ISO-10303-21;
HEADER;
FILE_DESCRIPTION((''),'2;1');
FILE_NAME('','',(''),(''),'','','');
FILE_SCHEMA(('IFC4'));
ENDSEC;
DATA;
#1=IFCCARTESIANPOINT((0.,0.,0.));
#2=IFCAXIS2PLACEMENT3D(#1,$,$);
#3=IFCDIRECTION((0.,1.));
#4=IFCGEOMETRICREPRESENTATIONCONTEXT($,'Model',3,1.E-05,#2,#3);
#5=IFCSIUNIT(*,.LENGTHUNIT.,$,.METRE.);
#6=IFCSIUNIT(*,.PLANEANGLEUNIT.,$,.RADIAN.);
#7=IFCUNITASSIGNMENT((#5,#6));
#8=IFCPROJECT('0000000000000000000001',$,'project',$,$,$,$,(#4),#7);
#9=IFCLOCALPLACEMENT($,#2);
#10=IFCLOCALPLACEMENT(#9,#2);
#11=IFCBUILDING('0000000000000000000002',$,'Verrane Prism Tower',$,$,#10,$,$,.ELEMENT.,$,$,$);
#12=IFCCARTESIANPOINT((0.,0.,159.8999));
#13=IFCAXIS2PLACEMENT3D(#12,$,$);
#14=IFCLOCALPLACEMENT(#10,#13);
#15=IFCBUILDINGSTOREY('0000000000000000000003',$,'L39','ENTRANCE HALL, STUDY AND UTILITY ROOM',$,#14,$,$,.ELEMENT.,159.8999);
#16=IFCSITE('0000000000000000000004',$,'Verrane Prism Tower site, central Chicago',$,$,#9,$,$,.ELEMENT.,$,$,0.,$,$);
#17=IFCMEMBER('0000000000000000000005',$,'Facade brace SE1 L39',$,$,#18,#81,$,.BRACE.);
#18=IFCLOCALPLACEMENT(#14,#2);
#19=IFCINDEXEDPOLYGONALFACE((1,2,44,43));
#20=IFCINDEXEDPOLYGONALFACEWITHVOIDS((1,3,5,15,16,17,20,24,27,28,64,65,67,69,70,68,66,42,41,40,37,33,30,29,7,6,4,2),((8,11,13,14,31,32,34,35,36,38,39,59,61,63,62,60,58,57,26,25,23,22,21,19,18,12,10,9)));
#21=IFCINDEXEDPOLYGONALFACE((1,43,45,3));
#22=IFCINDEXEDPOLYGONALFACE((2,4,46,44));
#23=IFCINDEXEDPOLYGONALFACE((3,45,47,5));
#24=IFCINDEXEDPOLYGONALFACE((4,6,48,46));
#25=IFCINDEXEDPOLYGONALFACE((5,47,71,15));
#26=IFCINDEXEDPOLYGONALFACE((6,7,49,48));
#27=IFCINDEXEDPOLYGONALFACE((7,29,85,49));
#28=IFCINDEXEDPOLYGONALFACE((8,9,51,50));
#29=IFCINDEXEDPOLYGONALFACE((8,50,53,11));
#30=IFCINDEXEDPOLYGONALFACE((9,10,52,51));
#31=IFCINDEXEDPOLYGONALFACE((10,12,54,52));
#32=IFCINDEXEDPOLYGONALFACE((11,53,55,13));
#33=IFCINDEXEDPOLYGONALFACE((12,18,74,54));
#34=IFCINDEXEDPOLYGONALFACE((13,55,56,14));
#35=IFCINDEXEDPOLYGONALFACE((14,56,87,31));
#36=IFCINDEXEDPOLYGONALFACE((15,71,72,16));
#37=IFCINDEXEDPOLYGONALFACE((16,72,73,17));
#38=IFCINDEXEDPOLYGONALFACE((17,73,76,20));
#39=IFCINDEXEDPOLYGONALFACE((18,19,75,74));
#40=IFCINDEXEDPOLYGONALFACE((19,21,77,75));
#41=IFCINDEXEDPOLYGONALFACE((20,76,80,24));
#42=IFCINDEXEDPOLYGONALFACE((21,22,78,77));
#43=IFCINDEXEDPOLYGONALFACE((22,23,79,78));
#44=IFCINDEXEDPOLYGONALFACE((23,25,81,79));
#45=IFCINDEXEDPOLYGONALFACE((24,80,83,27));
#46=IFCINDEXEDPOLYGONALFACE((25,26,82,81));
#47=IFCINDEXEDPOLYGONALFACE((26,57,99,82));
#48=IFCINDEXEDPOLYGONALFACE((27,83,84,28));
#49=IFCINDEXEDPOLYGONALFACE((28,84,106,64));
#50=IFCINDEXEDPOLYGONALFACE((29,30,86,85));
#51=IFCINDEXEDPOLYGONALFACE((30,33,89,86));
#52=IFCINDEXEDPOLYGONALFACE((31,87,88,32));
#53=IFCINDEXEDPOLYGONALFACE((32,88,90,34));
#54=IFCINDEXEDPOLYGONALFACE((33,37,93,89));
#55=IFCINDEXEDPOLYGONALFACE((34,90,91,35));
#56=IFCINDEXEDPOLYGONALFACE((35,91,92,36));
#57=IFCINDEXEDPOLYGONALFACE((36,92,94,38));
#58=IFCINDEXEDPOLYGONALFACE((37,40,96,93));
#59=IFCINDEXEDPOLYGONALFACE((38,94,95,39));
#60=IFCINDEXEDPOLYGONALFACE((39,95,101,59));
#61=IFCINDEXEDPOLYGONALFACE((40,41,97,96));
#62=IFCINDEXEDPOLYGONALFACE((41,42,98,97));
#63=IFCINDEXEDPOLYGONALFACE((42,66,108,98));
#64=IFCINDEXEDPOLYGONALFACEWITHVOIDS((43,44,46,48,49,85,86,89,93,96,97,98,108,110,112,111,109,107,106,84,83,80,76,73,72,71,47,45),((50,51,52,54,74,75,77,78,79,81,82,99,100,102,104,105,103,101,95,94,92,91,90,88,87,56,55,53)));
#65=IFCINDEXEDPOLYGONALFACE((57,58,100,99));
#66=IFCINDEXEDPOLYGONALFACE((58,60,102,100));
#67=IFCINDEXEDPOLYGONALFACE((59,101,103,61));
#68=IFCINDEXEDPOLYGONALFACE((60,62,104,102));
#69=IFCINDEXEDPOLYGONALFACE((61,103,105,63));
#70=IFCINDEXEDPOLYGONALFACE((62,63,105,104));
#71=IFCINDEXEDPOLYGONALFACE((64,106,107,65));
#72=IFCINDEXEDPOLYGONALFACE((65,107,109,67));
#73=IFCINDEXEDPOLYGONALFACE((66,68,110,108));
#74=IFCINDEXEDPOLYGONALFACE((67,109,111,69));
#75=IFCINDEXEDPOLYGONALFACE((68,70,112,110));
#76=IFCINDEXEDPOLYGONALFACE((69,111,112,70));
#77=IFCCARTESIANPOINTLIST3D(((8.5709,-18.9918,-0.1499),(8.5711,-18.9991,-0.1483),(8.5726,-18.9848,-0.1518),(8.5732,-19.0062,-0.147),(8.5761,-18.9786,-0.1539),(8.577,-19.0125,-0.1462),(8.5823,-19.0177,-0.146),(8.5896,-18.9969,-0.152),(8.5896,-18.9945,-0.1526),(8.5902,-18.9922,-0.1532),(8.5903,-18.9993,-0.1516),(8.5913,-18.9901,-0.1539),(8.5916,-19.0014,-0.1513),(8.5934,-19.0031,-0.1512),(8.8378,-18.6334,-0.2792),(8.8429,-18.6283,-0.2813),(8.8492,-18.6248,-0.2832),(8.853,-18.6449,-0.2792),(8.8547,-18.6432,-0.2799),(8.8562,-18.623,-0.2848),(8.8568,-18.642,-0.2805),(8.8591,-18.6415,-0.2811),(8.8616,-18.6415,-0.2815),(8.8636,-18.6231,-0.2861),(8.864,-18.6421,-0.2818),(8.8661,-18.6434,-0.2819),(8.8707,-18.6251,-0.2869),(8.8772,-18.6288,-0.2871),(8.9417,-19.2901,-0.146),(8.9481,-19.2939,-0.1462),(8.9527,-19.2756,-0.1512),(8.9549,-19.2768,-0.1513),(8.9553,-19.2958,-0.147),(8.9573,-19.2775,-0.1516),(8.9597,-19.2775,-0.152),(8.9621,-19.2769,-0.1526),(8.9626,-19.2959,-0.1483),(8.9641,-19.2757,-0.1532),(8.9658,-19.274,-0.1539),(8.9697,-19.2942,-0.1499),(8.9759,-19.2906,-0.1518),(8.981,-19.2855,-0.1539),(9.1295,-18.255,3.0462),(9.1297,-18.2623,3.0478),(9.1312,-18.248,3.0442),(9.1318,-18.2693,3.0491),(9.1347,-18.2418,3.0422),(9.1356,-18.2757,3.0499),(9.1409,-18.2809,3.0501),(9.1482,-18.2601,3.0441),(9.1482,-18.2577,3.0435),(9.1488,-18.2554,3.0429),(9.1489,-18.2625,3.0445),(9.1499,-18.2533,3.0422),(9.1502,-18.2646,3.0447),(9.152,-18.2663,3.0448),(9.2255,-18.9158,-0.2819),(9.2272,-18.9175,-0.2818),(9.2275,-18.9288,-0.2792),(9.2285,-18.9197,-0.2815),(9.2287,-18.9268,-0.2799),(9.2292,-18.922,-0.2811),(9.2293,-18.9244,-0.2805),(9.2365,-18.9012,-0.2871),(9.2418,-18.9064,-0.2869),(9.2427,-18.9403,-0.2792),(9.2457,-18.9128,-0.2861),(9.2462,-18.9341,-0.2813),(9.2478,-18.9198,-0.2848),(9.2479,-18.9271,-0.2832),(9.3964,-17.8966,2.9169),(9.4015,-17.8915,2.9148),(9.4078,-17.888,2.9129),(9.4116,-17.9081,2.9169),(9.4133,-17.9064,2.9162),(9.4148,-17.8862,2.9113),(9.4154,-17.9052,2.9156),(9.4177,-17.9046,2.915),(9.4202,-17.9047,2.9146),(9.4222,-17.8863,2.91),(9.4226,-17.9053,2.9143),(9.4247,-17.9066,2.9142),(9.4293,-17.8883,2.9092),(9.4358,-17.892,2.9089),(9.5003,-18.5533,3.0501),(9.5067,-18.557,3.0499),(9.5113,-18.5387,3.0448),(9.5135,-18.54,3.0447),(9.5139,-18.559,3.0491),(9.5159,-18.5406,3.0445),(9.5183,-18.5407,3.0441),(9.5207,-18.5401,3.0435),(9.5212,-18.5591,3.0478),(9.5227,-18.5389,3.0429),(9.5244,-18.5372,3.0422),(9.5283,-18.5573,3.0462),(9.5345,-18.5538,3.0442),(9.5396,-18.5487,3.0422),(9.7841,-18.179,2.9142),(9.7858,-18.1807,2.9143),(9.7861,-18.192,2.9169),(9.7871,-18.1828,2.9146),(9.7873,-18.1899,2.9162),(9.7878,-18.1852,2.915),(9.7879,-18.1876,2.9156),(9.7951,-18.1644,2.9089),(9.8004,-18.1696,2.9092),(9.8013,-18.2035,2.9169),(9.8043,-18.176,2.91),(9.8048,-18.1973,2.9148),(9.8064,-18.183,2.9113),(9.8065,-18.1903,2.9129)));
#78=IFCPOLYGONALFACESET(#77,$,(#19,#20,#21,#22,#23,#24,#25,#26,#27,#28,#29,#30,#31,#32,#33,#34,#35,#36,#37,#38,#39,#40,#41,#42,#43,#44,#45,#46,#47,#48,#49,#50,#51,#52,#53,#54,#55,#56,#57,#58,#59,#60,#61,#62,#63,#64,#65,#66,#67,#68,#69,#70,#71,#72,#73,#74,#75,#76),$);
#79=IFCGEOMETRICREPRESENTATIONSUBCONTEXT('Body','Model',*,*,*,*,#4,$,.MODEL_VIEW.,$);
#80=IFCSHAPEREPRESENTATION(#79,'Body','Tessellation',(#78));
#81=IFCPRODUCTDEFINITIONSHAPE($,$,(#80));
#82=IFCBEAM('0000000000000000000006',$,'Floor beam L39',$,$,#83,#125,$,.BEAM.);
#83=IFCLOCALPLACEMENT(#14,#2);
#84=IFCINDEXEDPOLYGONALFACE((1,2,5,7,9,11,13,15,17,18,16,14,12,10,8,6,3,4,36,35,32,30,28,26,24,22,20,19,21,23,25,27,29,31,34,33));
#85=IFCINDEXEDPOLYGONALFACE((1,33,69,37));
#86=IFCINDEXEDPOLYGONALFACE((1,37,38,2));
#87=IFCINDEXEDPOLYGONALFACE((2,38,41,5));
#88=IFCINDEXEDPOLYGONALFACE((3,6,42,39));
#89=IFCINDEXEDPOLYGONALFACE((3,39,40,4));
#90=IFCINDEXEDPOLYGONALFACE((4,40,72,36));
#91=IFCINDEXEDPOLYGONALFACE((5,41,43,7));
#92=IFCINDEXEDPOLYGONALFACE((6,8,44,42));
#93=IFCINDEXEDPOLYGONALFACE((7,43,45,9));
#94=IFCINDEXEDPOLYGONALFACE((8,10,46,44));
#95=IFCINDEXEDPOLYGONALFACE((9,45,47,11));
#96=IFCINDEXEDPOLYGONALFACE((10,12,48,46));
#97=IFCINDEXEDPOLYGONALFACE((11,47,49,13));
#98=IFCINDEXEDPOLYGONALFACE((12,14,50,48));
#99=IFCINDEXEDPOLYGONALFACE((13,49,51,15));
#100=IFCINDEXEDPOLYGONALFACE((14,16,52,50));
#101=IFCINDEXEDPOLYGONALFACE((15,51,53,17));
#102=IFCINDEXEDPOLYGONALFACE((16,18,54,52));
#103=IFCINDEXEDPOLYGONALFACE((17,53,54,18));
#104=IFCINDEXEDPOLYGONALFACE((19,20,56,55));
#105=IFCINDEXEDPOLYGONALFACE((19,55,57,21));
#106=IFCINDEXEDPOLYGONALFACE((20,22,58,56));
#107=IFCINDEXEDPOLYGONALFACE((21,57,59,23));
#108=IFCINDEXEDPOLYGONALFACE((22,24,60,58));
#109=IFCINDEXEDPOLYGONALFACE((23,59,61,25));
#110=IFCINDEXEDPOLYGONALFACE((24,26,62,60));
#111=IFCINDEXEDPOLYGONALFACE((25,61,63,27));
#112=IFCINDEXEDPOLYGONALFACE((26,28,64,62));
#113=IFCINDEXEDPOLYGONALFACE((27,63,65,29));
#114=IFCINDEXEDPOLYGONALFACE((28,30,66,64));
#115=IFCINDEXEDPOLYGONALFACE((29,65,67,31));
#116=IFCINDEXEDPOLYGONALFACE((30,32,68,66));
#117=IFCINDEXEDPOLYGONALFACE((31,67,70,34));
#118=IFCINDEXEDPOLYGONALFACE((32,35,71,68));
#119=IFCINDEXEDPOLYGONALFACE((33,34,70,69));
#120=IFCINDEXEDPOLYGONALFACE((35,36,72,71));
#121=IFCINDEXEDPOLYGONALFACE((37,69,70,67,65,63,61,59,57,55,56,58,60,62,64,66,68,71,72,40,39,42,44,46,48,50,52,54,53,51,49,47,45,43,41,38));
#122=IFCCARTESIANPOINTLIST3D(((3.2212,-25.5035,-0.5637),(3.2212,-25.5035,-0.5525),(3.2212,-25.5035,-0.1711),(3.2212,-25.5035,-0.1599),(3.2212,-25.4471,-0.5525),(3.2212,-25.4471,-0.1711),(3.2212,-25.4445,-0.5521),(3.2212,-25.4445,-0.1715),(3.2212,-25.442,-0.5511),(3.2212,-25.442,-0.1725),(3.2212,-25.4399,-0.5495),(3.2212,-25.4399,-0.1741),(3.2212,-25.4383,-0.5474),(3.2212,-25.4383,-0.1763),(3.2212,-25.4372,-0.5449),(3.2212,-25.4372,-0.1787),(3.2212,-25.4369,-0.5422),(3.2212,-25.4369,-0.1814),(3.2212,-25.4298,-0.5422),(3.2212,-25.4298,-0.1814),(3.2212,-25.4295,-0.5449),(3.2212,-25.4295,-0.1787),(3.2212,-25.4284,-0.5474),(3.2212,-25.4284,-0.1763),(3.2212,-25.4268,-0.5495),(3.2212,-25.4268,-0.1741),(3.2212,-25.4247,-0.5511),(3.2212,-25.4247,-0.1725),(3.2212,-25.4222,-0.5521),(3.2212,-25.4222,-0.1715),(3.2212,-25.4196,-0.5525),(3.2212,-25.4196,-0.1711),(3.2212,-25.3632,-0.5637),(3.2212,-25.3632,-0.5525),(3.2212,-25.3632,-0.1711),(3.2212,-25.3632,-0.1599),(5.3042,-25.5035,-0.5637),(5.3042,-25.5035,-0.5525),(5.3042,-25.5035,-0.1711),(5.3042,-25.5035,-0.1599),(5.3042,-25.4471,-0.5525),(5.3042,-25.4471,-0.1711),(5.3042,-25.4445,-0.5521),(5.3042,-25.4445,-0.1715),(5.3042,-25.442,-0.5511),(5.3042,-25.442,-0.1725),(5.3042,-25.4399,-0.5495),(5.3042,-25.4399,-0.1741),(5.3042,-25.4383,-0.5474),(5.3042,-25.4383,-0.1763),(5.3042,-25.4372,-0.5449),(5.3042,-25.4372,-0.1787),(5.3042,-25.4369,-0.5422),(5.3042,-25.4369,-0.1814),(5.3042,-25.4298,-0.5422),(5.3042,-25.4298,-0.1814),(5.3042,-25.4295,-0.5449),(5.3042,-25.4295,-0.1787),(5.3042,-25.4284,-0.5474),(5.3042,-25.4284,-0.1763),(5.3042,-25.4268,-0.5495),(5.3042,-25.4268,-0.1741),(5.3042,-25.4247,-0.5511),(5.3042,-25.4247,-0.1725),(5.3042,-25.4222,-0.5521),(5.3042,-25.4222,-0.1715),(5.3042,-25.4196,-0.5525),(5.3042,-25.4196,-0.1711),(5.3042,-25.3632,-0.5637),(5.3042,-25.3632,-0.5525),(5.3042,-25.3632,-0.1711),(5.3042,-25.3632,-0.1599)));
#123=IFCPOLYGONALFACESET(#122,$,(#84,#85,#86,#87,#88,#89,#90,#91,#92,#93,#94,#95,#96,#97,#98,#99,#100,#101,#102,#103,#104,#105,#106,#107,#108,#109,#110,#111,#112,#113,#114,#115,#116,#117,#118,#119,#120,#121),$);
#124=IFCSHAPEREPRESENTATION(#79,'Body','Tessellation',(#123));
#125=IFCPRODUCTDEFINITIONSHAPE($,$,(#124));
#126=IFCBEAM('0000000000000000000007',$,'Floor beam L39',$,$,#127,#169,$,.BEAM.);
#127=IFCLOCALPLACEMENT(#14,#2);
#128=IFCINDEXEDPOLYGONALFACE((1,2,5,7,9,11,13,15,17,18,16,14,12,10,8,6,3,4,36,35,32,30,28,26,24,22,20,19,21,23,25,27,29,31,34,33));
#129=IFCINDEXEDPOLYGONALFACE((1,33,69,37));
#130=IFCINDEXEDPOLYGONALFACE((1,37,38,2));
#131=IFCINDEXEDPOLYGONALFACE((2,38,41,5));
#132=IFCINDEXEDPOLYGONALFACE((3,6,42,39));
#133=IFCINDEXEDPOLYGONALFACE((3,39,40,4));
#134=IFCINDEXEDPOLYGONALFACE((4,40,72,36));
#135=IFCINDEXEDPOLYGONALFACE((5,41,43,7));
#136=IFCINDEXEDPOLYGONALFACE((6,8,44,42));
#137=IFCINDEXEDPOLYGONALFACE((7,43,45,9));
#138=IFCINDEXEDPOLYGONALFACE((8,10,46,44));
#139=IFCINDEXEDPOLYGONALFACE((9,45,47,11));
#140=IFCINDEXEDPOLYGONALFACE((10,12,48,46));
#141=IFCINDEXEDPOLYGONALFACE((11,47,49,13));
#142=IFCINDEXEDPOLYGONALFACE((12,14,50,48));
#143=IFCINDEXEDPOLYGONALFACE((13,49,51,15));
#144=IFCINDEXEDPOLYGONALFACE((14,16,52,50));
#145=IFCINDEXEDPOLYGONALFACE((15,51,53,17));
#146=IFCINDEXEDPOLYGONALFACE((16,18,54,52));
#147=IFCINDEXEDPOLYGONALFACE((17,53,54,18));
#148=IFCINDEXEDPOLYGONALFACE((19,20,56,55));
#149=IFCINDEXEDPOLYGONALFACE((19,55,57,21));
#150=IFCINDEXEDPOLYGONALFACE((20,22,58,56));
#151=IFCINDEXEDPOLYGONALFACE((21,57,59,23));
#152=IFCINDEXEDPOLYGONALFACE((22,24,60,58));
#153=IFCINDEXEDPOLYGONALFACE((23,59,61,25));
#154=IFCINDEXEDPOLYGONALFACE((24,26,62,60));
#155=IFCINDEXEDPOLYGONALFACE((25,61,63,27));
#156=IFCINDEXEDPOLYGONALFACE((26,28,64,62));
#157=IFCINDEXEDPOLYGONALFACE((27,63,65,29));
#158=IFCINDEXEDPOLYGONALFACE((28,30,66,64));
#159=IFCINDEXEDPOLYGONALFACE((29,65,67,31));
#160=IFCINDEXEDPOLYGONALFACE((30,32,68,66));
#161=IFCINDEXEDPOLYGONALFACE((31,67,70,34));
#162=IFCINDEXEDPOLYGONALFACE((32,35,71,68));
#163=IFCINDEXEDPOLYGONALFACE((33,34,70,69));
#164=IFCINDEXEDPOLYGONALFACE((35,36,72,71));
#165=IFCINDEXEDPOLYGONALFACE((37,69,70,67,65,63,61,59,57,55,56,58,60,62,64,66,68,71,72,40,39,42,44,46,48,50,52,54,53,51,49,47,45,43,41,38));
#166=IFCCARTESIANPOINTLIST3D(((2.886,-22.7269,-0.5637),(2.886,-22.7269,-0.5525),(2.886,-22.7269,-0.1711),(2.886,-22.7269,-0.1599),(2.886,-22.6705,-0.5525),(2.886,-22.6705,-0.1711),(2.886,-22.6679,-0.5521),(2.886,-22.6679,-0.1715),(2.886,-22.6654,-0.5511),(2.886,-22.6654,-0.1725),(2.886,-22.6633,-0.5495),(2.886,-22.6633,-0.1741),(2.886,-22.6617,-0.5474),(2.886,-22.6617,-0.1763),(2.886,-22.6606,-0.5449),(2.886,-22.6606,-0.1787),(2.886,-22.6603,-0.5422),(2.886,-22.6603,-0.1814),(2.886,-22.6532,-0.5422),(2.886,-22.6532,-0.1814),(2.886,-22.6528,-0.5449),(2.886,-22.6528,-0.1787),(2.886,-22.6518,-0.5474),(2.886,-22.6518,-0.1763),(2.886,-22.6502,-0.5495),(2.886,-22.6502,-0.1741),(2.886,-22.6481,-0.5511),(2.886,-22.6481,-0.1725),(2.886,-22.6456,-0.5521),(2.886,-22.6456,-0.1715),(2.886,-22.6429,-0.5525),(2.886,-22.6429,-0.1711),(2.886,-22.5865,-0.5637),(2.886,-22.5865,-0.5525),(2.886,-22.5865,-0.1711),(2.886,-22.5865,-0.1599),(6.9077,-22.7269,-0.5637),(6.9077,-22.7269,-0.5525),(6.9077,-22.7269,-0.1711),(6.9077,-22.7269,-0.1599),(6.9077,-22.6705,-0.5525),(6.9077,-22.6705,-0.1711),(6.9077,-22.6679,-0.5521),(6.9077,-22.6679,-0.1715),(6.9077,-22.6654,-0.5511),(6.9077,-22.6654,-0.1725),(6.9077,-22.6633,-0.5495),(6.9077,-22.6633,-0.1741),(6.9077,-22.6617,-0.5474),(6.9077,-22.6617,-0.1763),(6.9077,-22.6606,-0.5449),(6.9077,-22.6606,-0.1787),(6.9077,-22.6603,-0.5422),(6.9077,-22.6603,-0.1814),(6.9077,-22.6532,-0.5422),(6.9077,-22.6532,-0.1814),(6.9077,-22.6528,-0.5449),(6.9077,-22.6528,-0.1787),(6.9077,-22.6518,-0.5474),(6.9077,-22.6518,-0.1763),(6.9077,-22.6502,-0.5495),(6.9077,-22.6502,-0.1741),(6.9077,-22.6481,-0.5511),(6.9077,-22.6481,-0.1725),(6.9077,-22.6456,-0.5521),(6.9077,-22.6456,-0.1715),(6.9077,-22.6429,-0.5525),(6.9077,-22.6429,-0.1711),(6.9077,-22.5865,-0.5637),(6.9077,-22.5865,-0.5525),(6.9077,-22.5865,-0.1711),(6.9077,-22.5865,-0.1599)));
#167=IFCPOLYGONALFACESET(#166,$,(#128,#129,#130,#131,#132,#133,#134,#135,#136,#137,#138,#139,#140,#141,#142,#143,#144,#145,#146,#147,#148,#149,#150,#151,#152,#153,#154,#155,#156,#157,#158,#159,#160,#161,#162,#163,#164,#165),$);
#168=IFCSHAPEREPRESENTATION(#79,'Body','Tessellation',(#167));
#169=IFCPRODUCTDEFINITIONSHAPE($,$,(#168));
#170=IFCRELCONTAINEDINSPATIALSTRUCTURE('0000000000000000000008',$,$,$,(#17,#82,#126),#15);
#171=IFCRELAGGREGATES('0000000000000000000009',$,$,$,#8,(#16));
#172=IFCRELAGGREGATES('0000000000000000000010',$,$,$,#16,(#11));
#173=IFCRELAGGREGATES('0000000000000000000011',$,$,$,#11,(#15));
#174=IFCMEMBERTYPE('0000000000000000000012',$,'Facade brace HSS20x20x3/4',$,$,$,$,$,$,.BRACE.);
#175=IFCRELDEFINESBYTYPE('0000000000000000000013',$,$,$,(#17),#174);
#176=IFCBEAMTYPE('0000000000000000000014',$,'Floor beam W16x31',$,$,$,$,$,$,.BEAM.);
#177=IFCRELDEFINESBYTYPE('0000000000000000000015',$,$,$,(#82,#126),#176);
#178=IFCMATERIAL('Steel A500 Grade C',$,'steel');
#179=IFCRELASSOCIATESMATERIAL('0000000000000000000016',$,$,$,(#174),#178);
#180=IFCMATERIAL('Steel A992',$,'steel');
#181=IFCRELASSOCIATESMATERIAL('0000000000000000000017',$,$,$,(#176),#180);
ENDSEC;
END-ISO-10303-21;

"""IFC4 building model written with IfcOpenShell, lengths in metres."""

from ifc_helpers import new_model, si_unit, direction, frame, origin, origin_2d, place, context, subcontext, project, spatial, hollow_rectangle, i_section, extrude, material, material_profile, profile_set, type_object, element, save


model = new_model("IFC4")

# Units and contexts
model_context = context("Model", 3, precision=1e-05, world=origin(), true_north=direction((0.0, 1.0)))
body_context = subcontext(model_context, "Body", "Model", "MODEL_VIEW")
ifc_project = project(units=[si_unit("LENGTHUNIT", "METRE"), si_unit("PLANEANGLEUNIT", "RADIAN")], contexts=[model_context])

# Site, building, storey
site_placement = place(None, origin())
site = spatial("IfcSite", under=ifc_project, at=site_placement, Name="Verrane Prism Tower site, central Chicago", CompositionType="ELEMENT", RefElevation=0.0)
building_placement = place(site_placement, origin())
building = spatial("IfcBuilding", under=site, at=building_placement, Name="Verrane Prism Tower", CompositionType="ELEMENT")
storey_placement = place(building_placement, frame((0.0, 0.0, 159.8999)))
storey = spatial("IfcBuildingStorey", under=building, at=storey_placement, Name="L39", Description="ENTRANCE HALL, STUDY AND UTILITY ROOM", CompositionType="ELEMENT", Elevation=159.8999)

# Member
ifc_material_1 = material(Name="Steel A500 Grade C", Category="steel")
ifc_material_profile_1 = material_profile(ifc_material_1, hollow_rectangle(XDim=0.5081, YDim=0.5081, WallThickness=0.019, InnerFilletRadius=0.0095, OuterFilletRadius=0.0286, at=origin_2d()), Name="HSS20x20x3/4")
ifc_profile_set_1 = profile_set([ifc_material_profile_1], Name="Steel A500 Grade C")
member_type_1 = type_object("IfcMemberType", Name="Facade brace HSS20x20x3/4", PredefinedType="BRACE", material=ifc_profile_set_1)
member_1_placement = place(storey_placement, frame((8.9094, -18.9595, -0.2166), z_axis=(0.167892, 0.221459, 0.960608), x_axis=(-0.796884, 0.604132, 0.0)))
element("IfcMember", 1, at=member_1_placement, inside=storey, type_object=member_type_1, Name="Facade brace SE1 L39", PredefinedType="BRACE", context=body_context, shape_type="SweptSolid", body=[
    extrude(hollow_rectangle(XDim=0.5081, YDim=0.5081, WallThickness=0.019, InnerFilletRadius=0.0095, OuterFilletRadius=0.0286, at=origin_2d()), origin(), (0.0, 0.0, 1.0), 3.3271),
])

# Beams
ifc_material_2 = material(Name="Steel A992", Category="steel")
ifc_material_profile_2 = material_profile(ifc_material_2, i_section(OverallWidth=0.1404, OverallDepth=0.4038, WebThickness=0.0071, FlangeThickness=0.0112, FilletRadius=0.0103, at=origin_2d()), Name="W16x31")
ifc_profile_set_2 = profile_set([ifc_material_profile_2], Name="Steel A992")
beam_type_1 = type_object("IfcBeamType", Name="Floor beam W16x31", PredefinedType="BEAM", material=ifc_profile_set_2)
beam_1_placement = place(storey_placement, frame((3.2212, -25.4333, -0.3618), z_axis=(1.0, 0.0, 0.0), x_axis=(0.0, 1.0, 0.0)))
element("IfcBeam", 2, at=beam_1_placement, inside=storey, type_object=beam_type_1, Name="Floor beam L39", PredefinedType="BEAM", context=body_context, shape_type="SweptSolid", body=[
    extrude(i_section(OverallWidth=0.1404, OverallDepth=0.4038, WebThickness=0.0071, FlangeThickness=0.0112, FilletRadius=0.0103, at=origin_2d()), origin(), (0.0, 0.0, 1.0), 2.083),
])
beam_2_placement = place(storey_placement, frame((2.886, -22.6567, -0.3618), z_axis=(1.0, 0.0, 0.0), x_axis=(0.0, 1.0, 0.0)))
element("IfcBeam", 3, at=beam_2_placement, inside=storey, type_object=beam_type_1, Name="Floor beam L39", PredefinedType="BEAM", context=body_context, shape_type="SweptSolid", body=[
    extrude(i_section(OverallWidth=0.1404, OverallDepth=0.4038, WebThickness=0.0071, FlangeThickness=0.0112, FilletRadius=0.0103, at=origin_2d()), origin(), (0.0, 0.0, 1.0), 4.0217),
])

save(model, "model.ifc")
